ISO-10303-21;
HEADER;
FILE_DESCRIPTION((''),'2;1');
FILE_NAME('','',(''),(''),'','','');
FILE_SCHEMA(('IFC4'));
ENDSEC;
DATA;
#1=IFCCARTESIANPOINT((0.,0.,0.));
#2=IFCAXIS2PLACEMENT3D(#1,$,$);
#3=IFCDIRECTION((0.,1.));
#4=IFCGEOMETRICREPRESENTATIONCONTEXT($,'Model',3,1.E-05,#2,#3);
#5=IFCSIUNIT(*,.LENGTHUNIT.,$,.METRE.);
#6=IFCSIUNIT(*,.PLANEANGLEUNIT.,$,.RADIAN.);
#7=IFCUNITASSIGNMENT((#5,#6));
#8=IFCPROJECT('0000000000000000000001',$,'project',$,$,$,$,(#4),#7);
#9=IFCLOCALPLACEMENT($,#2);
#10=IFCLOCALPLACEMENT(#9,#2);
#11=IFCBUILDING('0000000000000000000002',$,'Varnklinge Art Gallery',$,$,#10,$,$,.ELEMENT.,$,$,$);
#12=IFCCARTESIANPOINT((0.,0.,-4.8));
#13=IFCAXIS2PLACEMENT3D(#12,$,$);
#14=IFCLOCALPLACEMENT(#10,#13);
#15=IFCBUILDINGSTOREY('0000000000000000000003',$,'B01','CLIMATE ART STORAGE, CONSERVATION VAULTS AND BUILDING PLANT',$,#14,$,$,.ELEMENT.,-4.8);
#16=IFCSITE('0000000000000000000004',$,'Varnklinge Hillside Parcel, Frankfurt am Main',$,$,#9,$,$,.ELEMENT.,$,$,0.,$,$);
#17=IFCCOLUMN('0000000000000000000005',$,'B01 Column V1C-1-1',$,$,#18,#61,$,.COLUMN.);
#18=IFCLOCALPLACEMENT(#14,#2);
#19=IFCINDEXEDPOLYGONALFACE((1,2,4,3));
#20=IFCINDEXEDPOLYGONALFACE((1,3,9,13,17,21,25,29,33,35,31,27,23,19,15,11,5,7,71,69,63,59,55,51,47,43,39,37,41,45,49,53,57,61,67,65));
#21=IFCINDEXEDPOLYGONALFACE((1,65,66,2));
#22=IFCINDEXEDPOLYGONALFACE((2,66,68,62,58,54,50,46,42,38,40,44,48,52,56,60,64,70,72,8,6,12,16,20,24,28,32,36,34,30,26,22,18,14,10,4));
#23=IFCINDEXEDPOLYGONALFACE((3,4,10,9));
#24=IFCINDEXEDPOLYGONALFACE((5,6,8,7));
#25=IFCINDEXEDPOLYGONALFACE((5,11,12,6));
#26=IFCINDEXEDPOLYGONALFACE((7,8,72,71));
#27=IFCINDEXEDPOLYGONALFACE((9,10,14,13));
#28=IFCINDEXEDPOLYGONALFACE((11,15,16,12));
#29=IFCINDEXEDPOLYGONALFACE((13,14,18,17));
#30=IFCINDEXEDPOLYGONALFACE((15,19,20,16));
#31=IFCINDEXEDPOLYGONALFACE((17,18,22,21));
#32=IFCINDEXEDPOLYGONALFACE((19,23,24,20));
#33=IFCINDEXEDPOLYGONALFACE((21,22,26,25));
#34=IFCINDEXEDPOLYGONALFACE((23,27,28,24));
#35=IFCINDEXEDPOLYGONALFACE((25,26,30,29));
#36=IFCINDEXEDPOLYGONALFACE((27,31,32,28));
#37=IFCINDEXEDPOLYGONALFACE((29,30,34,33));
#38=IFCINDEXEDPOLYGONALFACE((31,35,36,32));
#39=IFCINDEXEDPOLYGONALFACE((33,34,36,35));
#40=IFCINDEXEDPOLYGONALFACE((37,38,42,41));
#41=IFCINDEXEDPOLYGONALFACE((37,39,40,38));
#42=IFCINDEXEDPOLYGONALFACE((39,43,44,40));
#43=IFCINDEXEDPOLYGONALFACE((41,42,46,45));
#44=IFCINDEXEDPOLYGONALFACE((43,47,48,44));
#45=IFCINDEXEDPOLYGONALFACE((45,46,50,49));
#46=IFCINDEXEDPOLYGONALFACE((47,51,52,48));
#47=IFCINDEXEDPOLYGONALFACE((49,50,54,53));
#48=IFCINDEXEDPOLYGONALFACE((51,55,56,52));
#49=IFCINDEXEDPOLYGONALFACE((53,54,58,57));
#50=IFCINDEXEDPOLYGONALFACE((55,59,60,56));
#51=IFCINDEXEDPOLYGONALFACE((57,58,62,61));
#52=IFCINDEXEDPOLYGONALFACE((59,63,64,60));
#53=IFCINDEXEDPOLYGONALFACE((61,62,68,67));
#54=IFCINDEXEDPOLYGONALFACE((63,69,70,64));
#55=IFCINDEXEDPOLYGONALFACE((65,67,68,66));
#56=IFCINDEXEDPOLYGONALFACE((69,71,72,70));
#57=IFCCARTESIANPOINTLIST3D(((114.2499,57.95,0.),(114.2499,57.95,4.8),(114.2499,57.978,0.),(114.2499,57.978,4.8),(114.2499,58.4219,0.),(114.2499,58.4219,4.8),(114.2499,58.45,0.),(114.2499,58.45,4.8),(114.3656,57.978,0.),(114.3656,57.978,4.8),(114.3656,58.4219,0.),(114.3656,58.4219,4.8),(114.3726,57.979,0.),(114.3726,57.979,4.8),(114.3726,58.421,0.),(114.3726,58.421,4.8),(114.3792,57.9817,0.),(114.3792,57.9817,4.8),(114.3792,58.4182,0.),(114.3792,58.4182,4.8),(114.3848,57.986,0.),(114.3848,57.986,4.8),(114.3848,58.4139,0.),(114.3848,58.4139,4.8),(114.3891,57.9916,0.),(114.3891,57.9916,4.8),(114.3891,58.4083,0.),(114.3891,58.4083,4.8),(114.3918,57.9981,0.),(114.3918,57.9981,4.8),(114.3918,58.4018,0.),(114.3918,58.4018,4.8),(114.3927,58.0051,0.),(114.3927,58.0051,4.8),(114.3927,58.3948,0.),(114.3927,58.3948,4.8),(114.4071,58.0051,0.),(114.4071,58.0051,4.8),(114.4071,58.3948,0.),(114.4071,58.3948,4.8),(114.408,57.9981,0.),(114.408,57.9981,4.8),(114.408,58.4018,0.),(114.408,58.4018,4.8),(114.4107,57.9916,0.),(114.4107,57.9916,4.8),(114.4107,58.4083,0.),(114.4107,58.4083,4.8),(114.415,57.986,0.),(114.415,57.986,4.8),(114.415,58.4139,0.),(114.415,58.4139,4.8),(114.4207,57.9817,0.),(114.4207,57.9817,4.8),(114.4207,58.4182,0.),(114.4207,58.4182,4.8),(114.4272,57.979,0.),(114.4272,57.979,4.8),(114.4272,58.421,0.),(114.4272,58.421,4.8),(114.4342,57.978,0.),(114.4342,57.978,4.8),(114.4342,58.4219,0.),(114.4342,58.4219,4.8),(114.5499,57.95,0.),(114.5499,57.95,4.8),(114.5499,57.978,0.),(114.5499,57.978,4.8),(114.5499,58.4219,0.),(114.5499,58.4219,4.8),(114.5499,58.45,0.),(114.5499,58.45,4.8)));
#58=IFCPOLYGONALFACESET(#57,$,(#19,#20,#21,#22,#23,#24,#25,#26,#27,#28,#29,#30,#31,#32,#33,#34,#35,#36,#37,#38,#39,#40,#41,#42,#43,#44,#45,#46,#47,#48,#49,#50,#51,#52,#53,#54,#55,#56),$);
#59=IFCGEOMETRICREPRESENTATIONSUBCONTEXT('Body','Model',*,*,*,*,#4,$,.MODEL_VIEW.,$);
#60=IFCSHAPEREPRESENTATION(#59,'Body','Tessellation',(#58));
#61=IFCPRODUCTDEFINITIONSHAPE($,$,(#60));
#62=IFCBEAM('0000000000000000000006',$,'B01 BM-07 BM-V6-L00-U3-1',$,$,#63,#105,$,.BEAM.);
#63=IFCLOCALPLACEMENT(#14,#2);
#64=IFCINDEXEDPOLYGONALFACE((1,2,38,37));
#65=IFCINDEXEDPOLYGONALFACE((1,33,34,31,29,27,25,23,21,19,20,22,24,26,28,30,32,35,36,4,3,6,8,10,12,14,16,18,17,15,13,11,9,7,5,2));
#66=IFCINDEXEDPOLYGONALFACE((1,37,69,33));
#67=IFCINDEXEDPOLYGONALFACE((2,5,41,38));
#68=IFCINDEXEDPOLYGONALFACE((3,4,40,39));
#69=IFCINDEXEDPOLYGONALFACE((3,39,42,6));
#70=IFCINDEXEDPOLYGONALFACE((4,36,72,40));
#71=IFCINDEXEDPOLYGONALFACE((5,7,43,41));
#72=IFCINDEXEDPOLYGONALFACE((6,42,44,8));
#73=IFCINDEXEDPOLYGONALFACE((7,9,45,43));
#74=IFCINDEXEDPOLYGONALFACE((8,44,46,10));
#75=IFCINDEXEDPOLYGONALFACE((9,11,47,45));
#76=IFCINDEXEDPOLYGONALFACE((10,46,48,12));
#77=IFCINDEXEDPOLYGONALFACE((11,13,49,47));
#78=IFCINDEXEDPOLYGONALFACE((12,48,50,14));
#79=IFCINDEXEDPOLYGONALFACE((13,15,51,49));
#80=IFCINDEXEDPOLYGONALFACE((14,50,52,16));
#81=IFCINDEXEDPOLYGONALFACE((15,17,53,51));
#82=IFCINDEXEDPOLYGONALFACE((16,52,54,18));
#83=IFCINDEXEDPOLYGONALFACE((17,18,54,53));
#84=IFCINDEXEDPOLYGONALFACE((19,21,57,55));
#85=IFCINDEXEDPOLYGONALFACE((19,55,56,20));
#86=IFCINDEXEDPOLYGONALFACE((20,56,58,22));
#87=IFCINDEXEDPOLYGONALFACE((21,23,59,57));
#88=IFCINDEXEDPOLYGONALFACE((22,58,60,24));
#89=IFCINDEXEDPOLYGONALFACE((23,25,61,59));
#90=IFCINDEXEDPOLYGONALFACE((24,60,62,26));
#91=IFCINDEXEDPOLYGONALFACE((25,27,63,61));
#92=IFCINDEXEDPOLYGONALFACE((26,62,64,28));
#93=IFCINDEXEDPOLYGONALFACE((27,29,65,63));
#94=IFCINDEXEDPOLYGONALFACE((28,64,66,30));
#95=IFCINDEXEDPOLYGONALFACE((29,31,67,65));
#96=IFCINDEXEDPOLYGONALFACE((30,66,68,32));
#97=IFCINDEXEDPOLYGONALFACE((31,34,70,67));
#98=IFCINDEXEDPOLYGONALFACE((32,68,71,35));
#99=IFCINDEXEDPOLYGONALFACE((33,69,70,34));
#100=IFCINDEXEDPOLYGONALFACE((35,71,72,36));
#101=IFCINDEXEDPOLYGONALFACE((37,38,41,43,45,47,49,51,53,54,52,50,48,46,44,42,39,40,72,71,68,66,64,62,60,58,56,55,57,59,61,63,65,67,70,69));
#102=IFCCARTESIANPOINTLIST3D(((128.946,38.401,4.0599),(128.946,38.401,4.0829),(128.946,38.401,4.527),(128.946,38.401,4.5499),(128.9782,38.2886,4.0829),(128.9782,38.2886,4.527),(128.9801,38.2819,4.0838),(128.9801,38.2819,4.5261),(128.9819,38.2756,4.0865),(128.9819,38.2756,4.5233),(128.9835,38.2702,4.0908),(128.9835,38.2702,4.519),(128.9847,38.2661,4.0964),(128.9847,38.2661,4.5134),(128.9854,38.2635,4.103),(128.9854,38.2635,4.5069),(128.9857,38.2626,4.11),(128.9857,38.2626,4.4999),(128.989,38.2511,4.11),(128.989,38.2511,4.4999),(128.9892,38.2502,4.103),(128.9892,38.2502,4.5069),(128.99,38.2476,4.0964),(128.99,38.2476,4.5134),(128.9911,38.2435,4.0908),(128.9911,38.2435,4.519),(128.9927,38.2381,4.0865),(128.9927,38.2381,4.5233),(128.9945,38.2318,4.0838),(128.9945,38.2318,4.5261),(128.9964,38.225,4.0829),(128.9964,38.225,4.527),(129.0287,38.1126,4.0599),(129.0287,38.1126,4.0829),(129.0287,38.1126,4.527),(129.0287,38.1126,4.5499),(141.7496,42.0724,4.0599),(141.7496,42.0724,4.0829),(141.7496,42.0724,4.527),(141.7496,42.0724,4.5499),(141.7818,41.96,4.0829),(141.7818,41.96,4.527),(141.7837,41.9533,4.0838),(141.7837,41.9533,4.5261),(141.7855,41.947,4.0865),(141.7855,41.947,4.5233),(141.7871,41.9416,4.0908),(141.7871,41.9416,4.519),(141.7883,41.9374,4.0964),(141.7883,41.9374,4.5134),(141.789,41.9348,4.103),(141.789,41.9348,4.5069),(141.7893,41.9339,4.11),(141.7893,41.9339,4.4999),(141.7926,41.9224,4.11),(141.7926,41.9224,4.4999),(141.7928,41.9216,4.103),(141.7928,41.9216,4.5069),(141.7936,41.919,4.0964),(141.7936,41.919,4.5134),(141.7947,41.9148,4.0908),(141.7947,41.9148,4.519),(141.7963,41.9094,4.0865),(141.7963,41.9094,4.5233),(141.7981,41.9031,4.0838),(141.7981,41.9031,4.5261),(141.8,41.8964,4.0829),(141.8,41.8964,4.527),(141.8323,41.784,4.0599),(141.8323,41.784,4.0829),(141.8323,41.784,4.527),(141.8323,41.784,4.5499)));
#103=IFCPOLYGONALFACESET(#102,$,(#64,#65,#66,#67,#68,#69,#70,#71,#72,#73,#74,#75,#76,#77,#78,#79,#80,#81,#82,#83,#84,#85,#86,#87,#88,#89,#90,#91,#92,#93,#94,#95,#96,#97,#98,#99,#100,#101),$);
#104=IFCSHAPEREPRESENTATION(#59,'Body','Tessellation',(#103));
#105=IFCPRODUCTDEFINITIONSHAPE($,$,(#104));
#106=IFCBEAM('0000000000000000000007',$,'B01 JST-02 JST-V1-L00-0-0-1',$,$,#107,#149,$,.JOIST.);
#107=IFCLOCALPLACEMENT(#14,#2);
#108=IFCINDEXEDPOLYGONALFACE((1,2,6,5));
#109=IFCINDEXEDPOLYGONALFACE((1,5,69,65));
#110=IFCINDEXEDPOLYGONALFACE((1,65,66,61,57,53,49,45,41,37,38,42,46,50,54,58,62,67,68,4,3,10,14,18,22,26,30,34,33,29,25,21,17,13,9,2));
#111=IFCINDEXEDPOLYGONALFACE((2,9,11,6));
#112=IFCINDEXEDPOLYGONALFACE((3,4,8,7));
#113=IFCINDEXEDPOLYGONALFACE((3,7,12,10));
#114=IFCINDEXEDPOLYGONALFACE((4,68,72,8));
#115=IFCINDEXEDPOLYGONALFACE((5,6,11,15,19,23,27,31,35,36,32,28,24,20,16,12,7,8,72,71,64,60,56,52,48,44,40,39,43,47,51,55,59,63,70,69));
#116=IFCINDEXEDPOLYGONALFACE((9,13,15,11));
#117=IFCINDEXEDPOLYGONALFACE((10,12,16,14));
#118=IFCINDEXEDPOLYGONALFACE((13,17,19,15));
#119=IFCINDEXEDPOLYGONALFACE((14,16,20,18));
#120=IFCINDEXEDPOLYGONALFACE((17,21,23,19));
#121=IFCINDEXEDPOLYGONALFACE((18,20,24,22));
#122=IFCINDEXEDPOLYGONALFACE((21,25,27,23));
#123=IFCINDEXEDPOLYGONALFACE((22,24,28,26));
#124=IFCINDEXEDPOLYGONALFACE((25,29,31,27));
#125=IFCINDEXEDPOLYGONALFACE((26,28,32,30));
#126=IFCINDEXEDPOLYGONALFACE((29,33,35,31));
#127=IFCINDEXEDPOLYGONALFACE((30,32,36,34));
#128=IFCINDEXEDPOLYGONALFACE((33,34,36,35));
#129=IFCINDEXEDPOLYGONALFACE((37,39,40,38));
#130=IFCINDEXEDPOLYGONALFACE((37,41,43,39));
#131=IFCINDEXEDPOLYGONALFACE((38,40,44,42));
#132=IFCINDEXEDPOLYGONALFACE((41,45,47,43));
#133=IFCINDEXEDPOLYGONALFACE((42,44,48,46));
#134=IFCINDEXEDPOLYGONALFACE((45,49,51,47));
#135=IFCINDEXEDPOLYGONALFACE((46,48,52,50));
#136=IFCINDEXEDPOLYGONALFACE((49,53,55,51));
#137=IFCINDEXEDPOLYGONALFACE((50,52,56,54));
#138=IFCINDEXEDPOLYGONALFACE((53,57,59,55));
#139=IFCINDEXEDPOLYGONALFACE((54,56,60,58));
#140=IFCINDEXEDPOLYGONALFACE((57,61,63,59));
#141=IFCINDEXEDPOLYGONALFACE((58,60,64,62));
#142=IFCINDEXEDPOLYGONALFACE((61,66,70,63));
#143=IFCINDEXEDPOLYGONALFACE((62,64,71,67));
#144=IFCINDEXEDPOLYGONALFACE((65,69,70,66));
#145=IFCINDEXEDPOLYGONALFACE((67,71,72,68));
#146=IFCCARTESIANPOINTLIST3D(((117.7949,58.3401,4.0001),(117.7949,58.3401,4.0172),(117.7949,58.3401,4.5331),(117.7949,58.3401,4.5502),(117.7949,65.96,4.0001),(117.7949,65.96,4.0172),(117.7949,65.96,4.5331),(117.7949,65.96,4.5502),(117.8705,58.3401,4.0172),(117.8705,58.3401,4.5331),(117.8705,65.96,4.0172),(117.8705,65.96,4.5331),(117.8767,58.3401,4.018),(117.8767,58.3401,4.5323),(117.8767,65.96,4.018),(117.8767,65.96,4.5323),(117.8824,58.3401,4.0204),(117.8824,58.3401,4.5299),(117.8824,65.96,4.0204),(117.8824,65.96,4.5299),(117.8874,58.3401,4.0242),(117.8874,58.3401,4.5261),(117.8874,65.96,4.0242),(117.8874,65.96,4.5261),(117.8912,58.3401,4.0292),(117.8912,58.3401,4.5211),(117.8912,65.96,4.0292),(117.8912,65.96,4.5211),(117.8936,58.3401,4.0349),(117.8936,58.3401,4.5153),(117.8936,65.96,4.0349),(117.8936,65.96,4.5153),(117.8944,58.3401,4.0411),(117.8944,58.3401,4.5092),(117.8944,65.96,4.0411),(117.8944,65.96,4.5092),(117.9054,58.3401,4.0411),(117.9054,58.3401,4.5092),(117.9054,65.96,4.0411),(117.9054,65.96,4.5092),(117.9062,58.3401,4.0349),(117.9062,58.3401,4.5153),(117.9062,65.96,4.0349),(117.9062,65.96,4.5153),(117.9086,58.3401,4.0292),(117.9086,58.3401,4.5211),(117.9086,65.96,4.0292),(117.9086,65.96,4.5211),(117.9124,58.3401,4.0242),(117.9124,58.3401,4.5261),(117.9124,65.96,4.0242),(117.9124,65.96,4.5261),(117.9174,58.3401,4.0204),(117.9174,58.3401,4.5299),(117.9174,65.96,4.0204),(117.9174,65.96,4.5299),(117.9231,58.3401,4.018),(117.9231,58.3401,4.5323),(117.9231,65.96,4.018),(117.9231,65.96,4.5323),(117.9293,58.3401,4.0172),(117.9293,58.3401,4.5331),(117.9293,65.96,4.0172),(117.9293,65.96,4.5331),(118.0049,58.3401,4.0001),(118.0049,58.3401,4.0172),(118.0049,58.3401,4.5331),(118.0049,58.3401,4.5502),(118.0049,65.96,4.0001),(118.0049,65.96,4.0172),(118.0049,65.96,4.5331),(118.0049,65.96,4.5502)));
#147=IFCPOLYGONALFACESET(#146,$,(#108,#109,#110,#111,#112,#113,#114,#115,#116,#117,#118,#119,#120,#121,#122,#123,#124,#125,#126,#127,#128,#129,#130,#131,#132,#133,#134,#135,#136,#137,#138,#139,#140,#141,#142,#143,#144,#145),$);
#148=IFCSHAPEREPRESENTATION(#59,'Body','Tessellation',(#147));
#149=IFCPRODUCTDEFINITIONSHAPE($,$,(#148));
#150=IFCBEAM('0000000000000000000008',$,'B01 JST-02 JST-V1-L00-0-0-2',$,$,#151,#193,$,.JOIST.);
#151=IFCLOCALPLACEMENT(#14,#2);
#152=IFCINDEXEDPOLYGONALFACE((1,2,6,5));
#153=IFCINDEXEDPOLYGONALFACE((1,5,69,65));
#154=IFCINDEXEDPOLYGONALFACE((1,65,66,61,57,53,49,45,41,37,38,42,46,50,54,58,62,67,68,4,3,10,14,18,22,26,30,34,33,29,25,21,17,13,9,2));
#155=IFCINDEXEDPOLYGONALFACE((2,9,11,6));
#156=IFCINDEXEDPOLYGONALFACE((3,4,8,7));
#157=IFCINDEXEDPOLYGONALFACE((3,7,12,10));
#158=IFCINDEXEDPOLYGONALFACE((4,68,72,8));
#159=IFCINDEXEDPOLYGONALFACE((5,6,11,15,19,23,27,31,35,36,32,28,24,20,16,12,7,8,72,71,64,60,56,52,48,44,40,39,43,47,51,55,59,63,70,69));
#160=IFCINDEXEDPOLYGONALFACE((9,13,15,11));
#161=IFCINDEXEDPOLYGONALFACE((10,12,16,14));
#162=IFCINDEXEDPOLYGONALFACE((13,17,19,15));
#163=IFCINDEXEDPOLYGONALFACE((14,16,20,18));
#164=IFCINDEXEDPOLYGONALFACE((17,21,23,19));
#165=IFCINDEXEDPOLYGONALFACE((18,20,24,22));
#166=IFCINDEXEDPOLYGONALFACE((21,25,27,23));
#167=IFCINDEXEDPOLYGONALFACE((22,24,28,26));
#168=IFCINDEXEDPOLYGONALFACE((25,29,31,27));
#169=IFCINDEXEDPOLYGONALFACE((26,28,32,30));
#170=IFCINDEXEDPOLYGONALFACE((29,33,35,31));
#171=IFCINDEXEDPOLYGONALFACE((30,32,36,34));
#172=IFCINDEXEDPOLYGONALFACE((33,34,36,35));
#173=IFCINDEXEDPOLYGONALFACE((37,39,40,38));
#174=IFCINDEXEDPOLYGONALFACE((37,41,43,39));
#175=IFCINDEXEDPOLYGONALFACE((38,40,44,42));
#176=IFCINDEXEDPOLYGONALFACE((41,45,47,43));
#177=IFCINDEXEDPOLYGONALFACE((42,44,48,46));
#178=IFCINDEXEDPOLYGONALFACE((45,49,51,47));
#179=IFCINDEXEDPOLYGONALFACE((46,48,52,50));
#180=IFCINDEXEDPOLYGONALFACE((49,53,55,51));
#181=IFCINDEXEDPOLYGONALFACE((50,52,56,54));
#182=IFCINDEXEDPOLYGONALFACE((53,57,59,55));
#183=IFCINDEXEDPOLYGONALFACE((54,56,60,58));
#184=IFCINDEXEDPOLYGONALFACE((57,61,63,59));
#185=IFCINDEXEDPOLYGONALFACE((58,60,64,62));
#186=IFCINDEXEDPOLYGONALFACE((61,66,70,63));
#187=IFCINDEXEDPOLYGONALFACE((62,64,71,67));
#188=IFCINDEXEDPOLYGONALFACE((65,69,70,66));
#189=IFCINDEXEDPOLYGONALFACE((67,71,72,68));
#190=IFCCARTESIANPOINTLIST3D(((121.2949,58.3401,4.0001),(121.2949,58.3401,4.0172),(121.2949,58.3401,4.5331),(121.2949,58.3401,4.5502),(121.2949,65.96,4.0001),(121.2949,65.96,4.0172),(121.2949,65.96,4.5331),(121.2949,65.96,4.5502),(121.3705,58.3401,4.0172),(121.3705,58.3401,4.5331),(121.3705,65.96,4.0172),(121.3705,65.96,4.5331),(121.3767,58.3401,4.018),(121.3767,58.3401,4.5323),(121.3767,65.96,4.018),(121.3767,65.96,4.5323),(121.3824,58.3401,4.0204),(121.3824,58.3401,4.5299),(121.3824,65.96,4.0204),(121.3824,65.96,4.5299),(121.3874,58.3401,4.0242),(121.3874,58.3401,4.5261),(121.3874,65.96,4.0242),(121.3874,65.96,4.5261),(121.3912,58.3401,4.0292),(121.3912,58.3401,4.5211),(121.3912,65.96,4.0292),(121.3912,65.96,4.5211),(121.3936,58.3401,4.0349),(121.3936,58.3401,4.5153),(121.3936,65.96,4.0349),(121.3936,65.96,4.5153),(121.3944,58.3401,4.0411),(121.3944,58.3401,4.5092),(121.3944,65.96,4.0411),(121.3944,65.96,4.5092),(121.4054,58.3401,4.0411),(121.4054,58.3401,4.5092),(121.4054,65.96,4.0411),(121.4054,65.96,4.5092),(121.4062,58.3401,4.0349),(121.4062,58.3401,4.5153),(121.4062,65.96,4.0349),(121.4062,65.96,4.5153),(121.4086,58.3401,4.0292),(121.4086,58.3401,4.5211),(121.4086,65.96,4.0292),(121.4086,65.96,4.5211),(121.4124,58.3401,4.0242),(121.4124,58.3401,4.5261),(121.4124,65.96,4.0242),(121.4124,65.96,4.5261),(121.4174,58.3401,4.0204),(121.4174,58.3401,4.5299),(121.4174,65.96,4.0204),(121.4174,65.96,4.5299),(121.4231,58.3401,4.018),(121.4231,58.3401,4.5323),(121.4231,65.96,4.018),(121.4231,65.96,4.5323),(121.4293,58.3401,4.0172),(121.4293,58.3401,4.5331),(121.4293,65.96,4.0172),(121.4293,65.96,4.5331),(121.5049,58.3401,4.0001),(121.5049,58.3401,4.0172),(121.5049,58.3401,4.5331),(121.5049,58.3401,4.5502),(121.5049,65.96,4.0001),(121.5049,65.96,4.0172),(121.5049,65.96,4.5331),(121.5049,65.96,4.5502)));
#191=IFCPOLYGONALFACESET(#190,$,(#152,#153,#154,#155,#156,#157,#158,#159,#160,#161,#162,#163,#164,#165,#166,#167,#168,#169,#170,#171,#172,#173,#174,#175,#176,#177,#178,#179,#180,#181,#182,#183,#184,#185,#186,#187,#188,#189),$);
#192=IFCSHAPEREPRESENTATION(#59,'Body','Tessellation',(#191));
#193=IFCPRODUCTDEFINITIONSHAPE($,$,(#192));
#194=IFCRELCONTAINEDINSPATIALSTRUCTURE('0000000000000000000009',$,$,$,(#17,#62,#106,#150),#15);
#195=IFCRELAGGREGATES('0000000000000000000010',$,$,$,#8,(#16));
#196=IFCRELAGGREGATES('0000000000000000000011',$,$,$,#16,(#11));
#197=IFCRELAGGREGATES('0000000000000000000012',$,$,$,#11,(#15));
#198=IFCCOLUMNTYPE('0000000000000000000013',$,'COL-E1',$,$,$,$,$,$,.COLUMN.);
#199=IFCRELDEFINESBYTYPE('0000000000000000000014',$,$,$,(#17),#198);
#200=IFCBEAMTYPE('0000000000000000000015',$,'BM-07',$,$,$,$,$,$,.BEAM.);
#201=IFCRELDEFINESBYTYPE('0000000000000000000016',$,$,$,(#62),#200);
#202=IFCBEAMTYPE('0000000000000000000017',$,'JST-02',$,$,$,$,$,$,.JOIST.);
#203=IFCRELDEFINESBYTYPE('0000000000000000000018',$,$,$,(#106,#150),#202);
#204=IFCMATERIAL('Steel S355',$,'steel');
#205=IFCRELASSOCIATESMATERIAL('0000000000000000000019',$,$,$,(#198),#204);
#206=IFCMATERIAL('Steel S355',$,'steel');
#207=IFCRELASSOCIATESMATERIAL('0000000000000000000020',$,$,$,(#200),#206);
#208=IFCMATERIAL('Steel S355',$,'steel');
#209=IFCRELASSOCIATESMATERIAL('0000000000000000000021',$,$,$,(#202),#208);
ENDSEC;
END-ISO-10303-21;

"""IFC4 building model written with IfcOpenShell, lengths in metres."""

from ifc_helpers import new_model, si_unit, direction, frame, origin, origin_2d, place, context, subcontext, project, spatial, i_section, extrude, material, material_profile, profile_set, type_object, element, save


model = new_model("IFC4")

# Units and contexts
model_context = context("Model", 3, precision=1e-05, world=origin(), true_north=direction((0.0, 1.0)))
body_context = subcontext(model_context, "Body", "Model", "MODEL_VIEW")
ifc_project = project(units=[si_unit("LENGTHUNIT", "METRE"), si_unit("PLANEANGLEUNIT", "RADIAN")], contexts=[model_context])

# Site, building, storey
site_placement = place(None, origin())
site = spatial("IfcSite", under=ifc_project, at=site_placement, Name="Varnklinge Hillside Parcel, Frankfurt am Main", CompositionType="ELEMENT", RefElevation=0.0)
building_placement = place(site_placement, origin())
building = spatial("IfcBuilding", under=site, at=building_placement, Name="Varnklinge Art Gallery", CompositionType="ELEMENT")
storey_placement = place(building_placement, frame((0.0, 0.0, -4.8)))
storey = spatial("IfcBuildingStorey", under=building, at=storey_placement, Name="B01", Description="CLIMATE ART STORAGE, CONSERVATION VAULTS AND BUILDING PLANT", CompositionType="ELEMENT", Elevation=-4.8)

# Column
ifc_material_1 = material(Name="Steel S355", Category="steel")
ifc_material_profile_1 = material_profile(ifc_material_1, i_section(OverallWidth=0.3, OverallDepth=0.5, WebThickness=0.0144, FlangeThickness=0.0281, FilletRadius=0.0271, at=origin_2d()), Name="HEB 500")
ifc_profile_set_1 = profile_set([ifc_material_profile_1], Name="Steel S355")
column_type_1 = type_object("IfcColumnType", Name="COL-E1", PredefinedType="COLUMN", material=ifc_profile_set_1)
column_1_placement = place(storey_placement, frame((114.3999, 58.2, 0.0), z_axis=(0.0, 0.0, 1.0), x_axis=(1.0, 0.0, 0.0)))
element("IfcColumn", 1, at=column_1_placement, inside=storey, type_object=column_type_1, Name="B01 Column V1C-1-1", PredefinedType="COLUMN", context=body_context, shape_type="SweptSolid", body=[
    extrude(i_section(OverallWidth=0.3, OverallDepth=0.5, WebThickness=0.0144, FlangeThickness=0.0281, FilletRadius=0.0271, at=origin_2d()), origin(), (0.0, 0.0, 1.0), 4.8),
])

# Beams
ifc_material_2 = material(Name="Steel S355", Category="steel")
ifc_material_profile_2 = material_profile(ifc_material_2, i_section(OverallWidth=0.3, OverallDepth=0.49, WebThickness=0.012, FlangeThickness=0.0229, FilletRadius=0.0271, at=origin_2d()), Name="HEA 500")
ifc_profile_set_2 = profile_set([ifc_material_profile_2], Name="Steel S355")
beam_type_1 = type_object("IfcBeamType", Name="BM-07", PredefinedType="BEAM", material=ifc_profile_set_2)
beam_1_placement = place(storey_placement, frame((128.9873, 38.2568, 4.3049), z_axis=(0.961262, 0.275636, 0.0), x_axis=(-0.275636, 0.961262, 0.0)))
element("IfcBeam", 2, at=beam_1_placement, inside=storey, type_object=beam_type_1, Name="B01 BM-07 BM-V6-L00-U3-1", PredefinedType="BEAM", context=body_context, shape_type="SweptSolid", body=[
    extrude(i_section(OverallWidth=0.3, OverallDepth=0.49, WebThickness=0.012, FlangeThickness=0.0229, FilletRadius=0.0271, at=origin_2d()), origin(), (0.0, 0.0, 1.0), 13.3196),
])
ifc_material_3 = material(Name="Steel S355", Category="steel")
ifc_material_profile_3 = material_profile(ifc_material_3, i_section(OverallWidth=0.21, OverallDepth=0.55, WebThickness=0.011, FlangeThickness=0.0171, FilletRadius=0.0239, at=origin_2d()), Name="IPE 550")
ifc_profile_set_3 = profile_set([ifc_material_profile_3], Name="Steel S355")
beam_type_2 = type_object("IfcBeamType", Name="JST-02", PredefinedType="JOIST", material=ifc_profile_set_3)
for number, where, z_axis, x_axis, name in (
    (3, (117.8999, 58.3401, 4.2751), (0.0, 1.0, 0.0), (-1.0, 0.0, 0.0), "B01 JST-02 JST-V1-L00-0-0-1"),
    (4, (121.3999, 58.3401, 4.2751), (0.0, 1.0, 0.0), (-1.0, 0.0, 0.0), "B01 JST-02 JST-V1-L00-0-0-2"),
):
    element("IfcBeam", number, at=place(storey_placement, frame(where, z_axis=z_axis, x_axis=x_axis)), inside=storey, type_object=beam_type_2, Name=name, PredefinedType="JOIST", context=body_context, shape_type="SweptSolid", body=[
        extrude(i_section(OverallWidth=0.21, OverallDepth=0.55, WebThickness=0.011, FlangeThickness=0.0171, FilletRadius=0.0239, at=origin_2d()), origin(), (0.0, 0.0, 1.0), 7.6199),
    ])

save(model, "model.ifc")
